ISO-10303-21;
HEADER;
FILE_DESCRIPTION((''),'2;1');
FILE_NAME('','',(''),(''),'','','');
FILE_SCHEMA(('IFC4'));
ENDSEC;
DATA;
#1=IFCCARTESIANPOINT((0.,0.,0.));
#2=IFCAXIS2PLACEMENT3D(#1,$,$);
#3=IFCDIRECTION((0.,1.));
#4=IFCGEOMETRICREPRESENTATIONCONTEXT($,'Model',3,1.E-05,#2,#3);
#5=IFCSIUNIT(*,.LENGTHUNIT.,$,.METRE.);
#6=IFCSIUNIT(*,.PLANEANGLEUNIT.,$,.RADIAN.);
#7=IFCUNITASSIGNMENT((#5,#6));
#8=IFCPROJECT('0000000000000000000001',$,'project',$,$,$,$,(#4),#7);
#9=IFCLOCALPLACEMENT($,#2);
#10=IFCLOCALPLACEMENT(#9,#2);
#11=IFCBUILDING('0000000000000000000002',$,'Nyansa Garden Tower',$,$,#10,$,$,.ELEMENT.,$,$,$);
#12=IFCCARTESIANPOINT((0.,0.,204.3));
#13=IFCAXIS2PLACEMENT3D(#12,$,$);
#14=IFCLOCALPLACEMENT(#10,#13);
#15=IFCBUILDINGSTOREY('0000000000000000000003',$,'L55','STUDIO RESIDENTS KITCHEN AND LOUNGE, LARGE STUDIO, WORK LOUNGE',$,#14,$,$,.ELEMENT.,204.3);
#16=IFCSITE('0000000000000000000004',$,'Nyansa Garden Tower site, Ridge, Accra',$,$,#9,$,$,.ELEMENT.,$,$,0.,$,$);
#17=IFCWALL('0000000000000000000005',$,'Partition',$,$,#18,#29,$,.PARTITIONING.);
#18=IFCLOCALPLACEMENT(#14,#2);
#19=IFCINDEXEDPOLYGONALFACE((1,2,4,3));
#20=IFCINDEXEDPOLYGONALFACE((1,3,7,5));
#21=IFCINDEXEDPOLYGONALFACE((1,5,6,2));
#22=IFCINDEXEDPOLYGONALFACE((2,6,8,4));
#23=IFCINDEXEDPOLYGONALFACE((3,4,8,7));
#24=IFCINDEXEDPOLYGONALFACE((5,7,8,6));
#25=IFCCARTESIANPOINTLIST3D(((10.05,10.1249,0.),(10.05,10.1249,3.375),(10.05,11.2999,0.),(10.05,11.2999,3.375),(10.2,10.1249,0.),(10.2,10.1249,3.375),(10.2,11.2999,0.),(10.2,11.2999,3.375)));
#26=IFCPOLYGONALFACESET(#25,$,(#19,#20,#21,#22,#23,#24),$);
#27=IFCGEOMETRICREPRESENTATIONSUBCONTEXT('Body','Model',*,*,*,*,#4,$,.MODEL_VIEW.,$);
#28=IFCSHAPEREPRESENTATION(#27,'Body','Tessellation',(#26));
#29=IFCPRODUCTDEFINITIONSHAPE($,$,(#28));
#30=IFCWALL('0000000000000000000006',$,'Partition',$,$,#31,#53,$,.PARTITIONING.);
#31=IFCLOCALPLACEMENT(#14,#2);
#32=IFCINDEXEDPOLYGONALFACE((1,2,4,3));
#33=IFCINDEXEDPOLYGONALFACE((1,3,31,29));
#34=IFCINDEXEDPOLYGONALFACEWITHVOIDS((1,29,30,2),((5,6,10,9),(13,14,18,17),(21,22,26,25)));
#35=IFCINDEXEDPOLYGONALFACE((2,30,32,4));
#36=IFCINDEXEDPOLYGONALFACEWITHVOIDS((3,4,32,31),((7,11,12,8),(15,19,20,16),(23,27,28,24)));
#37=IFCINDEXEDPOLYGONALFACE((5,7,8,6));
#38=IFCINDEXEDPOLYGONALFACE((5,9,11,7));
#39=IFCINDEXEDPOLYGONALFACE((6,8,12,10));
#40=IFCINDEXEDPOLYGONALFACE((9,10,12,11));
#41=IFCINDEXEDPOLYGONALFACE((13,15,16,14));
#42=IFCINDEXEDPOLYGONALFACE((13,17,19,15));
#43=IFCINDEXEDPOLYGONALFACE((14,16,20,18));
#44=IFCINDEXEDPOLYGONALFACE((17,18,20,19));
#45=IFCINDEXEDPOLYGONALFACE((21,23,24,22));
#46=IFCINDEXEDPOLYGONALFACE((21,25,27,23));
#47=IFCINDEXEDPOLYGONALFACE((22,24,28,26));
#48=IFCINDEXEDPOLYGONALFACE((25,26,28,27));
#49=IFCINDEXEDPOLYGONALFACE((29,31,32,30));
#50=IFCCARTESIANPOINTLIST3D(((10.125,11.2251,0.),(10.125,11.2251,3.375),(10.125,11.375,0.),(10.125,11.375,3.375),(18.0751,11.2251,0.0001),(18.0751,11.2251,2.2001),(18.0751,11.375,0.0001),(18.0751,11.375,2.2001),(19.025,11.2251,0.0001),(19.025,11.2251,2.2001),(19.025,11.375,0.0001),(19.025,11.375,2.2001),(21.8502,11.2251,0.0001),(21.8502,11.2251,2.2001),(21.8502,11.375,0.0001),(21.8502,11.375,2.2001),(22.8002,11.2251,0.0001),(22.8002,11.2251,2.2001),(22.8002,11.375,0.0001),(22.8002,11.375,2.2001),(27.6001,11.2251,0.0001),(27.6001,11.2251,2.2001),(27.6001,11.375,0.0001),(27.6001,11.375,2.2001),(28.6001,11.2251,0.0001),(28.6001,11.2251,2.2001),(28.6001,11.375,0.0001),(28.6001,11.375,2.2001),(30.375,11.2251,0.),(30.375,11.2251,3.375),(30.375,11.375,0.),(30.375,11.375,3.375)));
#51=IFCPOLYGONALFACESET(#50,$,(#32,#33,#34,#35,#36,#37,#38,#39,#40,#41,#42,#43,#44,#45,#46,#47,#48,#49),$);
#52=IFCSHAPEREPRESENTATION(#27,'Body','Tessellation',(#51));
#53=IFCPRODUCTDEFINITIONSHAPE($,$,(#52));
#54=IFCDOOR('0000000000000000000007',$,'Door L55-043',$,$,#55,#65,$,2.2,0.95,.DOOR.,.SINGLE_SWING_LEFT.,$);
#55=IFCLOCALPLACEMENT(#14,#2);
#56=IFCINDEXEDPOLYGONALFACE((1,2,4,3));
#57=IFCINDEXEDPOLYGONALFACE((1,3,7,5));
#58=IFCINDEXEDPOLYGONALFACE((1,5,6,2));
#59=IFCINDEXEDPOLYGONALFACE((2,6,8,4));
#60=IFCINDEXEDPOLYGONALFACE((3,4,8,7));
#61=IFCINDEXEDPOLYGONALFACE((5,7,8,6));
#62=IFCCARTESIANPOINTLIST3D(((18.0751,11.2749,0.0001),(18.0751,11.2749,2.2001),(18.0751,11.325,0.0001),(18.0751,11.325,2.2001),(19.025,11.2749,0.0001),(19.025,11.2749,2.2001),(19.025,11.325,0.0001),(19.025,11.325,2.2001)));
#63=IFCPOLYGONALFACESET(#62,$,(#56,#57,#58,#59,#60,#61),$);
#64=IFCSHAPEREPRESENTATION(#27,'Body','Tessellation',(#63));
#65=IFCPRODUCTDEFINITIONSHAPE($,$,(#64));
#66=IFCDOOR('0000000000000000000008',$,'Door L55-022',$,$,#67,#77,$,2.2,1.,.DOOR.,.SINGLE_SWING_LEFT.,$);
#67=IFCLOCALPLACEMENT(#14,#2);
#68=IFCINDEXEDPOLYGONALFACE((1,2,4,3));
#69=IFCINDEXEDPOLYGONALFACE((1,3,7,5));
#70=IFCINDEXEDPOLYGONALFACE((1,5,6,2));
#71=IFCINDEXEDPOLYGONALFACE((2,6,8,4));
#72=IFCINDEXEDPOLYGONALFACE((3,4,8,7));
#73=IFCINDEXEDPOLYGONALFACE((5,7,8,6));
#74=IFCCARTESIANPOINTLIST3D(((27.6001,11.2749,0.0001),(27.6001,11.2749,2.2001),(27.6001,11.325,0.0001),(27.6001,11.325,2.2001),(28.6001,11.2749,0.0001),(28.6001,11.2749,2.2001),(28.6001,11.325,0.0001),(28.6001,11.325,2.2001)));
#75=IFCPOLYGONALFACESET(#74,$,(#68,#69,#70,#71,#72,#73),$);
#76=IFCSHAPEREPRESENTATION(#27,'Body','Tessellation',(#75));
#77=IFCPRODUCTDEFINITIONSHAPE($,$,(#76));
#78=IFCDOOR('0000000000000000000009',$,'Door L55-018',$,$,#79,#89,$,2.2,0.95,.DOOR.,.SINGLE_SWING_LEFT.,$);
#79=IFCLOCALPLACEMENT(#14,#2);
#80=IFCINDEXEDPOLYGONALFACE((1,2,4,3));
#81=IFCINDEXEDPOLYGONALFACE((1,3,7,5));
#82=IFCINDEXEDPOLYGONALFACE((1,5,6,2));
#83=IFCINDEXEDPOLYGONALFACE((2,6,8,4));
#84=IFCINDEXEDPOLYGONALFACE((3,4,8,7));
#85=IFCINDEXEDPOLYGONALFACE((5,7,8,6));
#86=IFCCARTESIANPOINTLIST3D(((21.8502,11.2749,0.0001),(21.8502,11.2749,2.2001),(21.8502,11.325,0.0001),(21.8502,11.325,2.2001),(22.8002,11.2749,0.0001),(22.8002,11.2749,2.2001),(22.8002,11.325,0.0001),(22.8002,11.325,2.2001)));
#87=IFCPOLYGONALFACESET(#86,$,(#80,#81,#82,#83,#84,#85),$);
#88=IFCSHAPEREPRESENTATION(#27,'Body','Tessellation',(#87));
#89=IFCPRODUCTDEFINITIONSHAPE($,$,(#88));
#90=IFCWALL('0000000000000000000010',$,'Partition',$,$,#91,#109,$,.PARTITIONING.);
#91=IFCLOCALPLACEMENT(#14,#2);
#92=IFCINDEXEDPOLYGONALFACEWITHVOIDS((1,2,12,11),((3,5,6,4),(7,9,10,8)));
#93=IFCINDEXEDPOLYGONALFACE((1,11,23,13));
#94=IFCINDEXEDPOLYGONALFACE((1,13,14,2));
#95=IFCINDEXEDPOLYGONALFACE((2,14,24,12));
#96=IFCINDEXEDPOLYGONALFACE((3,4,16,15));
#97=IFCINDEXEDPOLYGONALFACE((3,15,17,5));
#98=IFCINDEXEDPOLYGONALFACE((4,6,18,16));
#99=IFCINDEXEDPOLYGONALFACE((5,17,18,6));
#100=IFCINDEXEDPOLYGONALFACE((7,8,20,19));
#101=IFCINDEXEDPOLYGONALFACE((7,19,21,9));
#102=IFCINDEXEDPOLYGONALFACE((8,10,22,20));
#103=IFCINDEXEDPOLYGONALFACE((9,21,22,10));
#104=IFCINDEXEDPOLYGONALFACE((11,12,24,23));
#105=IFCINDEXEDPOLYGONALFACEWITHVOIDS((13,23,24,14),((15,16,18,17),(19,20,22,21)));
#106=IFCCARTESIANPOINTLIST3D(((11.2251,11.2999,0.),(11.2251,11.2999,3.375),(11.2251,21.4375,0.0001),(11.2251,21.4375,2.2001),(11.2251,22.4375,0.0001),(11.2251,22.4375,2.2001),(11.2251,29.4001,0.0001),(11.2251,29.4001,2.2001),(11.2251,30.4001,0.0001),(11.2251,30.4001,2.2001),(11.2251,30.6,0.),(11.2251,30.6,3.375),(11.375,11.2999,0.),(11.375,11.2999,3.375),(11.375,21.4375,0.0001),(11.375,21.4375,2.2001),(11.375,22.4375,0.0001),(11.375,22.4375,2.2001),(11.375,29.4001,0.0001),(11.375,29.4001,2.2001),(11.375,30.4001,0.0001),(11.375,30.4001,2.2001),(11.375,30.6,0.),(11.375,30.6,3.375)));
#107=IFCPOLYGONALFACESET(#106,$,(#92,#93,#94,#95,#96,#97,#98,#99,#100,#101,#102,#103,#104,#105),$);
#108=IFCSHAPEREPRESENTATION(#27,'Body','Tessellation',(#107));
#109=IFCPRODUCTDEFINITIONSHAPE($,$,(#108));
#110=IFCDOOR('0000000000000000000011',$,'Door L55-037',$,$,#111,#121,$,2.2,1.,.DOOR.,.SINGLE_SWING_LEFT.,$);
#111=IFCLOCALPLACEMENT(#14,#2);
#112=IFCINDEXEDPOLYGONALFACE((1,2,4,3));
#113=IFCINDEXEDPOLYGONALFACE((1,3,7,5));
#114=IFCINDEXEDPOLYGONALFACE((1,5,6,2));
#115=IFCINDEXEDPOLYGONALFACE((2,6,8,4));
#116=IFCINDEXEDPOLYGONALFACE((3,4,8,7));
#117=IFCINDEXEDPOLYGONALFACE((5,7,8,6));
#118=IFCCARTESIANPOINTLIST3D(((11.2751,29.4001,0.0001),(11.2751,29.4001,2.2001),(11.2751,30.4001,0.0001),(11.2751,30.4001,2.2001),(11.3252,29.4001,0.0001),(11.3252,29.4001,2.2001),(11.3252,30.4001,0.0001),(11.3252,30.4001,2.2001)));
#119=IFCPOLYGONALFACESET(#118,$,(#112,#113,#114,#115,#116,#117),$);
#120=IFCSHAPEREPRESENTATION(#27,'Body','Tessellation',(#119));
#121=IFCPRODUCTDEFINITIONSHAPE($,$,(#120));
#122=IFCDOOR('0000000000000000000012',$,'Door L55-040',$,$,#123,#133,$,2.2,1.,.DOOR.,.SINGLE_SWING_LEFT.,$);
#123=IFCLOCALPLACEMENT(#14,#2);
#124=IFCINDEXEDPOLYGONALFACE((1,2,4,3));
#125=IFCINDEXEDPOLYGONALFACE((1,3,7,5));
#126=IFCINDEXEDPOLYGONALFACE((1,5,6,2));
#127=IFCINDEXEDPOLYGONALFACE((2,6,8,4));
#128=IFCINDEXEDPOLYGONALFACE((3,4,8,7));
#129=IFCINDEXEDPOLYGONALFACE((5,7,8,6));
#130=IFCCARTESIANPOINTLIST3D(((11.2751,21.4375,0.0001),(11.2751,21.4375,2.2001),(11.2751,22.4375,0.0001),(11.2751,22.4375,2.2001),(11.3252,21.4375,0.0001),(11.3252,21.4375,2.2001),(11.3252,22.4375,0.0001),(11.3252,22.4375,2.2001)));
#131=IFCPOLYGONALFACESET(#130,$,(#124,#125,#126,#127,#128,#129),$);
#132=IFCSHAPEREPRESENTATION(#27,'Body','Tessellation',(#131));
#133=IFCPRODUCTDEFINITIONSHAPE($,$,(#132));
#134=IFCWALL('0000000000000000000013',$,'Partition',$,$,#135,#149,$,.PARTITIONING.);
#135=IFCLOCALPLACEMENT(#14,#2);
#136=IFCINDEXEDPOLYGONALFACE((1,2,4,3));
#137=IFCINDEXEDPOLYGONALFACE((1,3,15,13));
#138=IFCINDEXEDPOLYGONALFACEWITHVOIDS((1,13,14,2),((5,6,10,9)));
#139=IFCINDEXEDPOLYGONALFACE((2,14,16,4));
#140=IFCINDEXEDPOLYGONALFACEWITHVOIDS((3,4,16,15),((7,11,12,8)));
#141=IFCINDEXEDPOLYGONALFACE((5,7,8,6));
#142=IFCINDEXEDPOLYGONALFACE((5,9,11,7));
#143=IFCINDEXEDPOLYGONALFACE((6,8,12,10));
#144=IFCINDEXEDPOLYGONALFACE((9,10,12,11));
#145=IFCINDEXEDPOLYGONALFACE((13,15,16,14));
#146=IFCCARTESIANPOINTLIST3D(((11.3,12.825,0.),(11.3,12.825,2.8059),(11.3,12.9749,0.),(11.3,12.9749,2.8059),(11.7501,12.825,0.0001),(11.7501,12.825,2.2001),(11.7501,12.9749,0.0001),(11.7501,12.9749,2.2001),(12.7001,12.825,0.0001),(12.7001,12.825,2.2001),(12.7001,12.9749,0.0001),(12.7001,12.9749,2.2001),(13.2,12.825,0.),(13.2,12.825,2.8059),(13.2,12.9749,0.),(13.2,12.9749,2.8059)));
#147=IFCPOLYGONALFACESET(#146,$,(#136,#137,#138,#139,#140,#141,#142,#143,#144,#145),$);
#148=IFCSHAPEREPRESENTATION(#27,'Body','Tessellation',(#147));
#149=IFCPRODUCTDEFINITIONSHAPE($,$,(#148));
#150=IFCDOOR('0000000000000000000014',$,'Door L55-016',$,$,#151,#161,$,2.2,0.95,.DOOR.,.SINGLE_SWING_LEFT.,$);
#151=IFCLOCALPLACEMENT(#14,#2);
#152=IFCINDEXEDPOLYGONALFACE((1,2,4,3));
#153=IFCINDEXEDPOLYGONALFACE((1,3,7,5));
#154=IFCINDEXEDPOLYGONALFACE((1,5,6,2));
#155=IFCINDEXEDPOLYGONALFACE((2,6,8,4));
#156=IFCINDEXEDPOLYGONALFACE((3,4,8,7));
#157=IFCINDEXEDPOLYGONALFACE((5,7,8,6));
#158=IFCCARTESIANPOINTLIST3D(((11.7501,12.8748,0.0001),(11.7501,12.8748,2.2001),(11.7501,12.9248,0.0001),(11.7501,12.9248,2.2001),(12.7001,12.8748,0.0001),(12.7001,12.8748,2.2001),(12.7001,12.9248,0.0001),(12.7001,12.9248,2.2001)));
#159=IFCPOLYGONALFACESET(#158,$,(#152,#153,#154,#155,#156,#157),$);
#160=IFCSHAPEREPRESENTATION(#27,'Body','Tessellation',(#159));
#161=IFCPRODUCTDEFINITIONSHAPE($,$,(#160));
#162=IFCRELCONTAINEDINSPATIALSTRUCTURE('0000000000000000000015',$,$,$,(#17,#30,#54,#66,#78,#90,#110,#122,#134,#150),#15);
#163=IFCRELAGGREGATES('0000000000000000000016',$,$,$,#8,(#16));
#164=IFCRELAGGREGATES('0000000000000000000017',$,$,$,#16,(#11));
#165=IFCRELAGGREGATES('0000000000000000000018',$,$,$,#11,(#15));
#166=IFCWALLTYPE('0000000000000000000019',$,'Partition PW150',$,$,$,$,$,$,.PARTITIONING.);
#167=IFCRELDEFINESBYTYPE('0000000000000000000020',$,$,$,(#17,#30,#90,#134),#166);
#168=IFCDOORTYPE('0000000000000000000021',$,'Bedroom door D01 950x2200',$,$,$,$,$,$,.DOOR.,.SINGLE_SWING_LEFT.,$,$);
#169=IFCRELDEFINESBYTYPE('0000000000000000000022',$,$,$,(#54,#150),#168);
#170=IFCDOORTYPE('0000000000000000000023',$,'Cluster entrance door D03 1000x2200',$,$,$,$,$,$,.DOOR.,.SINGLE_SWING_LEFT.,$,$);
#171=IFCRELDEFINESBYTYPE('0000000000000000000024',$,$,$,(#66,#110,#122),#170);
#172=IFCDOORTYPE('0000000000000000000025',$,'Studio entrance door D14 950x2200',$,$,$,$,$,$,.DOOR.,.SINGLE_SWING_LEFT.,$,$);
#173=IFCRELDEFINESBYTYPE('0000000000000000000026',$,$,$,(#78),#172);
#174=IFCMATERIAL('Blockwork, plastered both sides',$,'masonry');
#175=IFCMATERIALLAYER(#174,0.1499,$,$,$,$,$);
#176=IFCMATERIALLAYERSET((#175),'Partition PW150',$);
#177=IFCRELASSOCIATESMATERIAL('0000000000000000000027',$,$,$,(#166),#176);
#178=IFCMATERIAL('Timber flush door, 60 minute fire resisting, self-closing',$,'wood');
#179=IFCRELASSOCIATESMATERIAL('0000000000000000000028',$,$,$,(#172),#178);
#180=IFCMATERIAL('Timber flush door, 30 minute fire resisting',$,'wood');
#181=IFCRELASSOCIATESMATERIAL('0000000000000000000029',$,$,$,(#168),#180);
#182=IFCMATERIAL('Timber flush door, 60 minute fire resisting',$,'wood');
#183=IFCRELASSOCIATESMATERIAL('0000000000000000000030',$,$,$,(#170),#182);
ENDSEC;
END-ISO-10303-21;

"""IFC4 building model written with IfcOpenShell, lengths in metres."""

from ifc_helpers import new_model, si_unit, direction, frame, frame_2d, origin, place, context, subcontext, project, spatial, rectangle, extrude, material, layer, layer_set, type_object, element, fill, save


model = new_model("IFC4")

# Units and contexts
model_context = context("Model", 3, precision=1e-05, world=origin(), true_north=direction((0.0, 1.0)))
body_context = subcontext(model_context, "Body", "Model", "MODEL_VIEW")
ifc_project = project(units=[si_unit("LENGTHUNIT", "METRE"), si_unit("PLANEANGLEUNIT", "RADIAN")], contexts=[model_context])

# Site, building, storey
site_placement = place(None, origin())
site = spatial("IfcSite", under=ifc_project, at=site_placement, Name="Nyansa Garden Tower site, Ridge, Accra", CompositionType="ELEMENT", RefElevation=0.0)
building_placement = place(site_placement, origin())
building = spatial("IfcBuilding", under=site, at=building_placement, Name="Nyansa Garden Tower", CompositionType="ELEMENT")
storey_placement = place(building_placement, frame((0.0, 0.0, 204.3)))
storey = spatial("IfcBuildingStorey", under=building, at=storey_placement, Name="L55", Description="STUDIO RESIDENTS KITCHEN AND LOUNGE, LARGE STUDIO, WORK LOUNGE", CompositionType="ELEMENT", Elevation=204.3)

# Shared definitions
ifc_material_1 = material(Name="Blockwork, plastered both sides", Category="masonry")
ifc_layer_1 = layer(ifc_material_1, 0.1499)
ifc_layer_set_1 = layer_set([ifc_layer_1], Name="Partition PW150")
wall_type_1 = type_object("IfcWallType", Name="Partition PW150", PredefinedType="PARTITIONING", material=ifc_layer_set_1)
ifc_material_2 = material(Name="Timber flush door, 60 minute fire resisting, self-closing", Category="wood")
door_type_1 = type_object("IfcDoorType", Name="Studio entrance door D14 950x2200", OperationType="SINGLE_SWING_LEFT", PredefinedType="DOOR", material=ifc_material_2)
ifc_material_3 = material(Name="Timber flush door, 30 minute fire resisting", Category="wood")
door_type_2 = type_object("IfcDoorType", Name="Bedroom door D01 950x2200", OperationType="SINGLE_SWING_LEFT", PredefinedType="DOOR", material=ifc_material_3)

# Wall
wall_1_placement = place(storey_placement, frame((10.125, 10.125, 0.0), z_axis=(0.0, 0.0, 1.0), x_axis=(0.0, 1.0, 0.0)))
element("IfcWall", 1, at=wall_1_placement, inside=storey, type_object=wall_type_1, Name="Partition", PredefinedType="PARTITIONING", context=body_context, shape_type="SweptSolid", body=[
    extrude(rectangle(XDim=1.175, YDim=0.1499, at=frame_2d((0.5874, 0.0))), origin(), (0.0, 0.0, 1.0), 3.375),
])

# Walls, openings, doors
wall_2_placement = place(storey_placement, frame((10.125, 11.3, 0.0), z_axis=(0.0, 0.0, 1.0), x_axis=(1.0, 0.0, 0.0)))
wall_2 = element("IfcWall", 2, at=wall_2_placement, inside=storey, type_object=wall_type_1, Name="Partition", PredefinedType="PARTITIONING", context=body_context, shape_type="SweptSolid", body=[
    extrude(rectangle(XDim=20.25, YDim=0.1499, at=frame_2d((10.125, 0.0))), origin(), (0.0, 0.0, 1.0), 3.375),
])
opening_1_placement = place(wall_2_placement, frame((11.7251, 0.0, 0.0)))
opening_1 = element("IfcOpeningElement", 3, at=opening_1_placement, cuts=wall_2, PredefinedType="OPENING", context=body_context, shape_type="SweptSolid", body=[
    extrude(rectangle(XDim=0.95, YDim=2.2, at=frame_2d((0.4751, 1.1001))), frame((0.0, 0.085, 0.0), z_axis=(0.0, -1.0, 0.0), x_axis=(1.0, 0.0, 0.0)), (0.0, 0.0, 1.0), 0.1699),
])
opening_2_placement = place(wall_2_placement, frame((17.4751, 0.0, 0.0)))
opening_2 = element("IfcOpeningElement", 4, at=opening_2_placement, cuts=wall_2, PredefinedType="OPENING", context=body_context, shape_type="SweptSolid", body=[
    extrude(rectangle(XDim=1.0, YDim=2.2, at=frame_2d((0.5, 1.1001))), frame((0.0, 0.085, 0.0), z_axis=(0.0, -1.0, 0.0), x_axis=(1.0, 0.0, 0.0)), (0.0, 0.0, 1.0), 0.1699),
])
opening_3_placement = place(wall_2_placement, frame((7.95, 0.0, 0.0)))
opening_3 = element("IfcOpeningElement", 5, at=opening_3_placement, cuts=wall_2, PredefinedType="OPENING", context=body_context, shape_type="SweptSolid", body=[
    extrude(rectangle(XDim=0.95, YDim=2.2, at=frame_2d((0.4751, 1.1001))), frame((0.0, 0.085, 0.0), z_axis=(0.0, -1.0, 0.0), x_axis=(1.0, 0.0, 0.0)), (0.0, 0.0, 1.0), 0.1699),
])
door_1_placement = place(opening_3_placement, origin())
door_1 = element("IfcDoor", 6, at=door_1_placement, inside=storey, type_object=door_type_2, Name="Door L55-043", OperationType="SINGLE_SWING_LEFT", OverallHeight=2.2, OverallWidth=0.95, PredefinedType="DOOR", context=body_context, shape_type="SweptSolid", body=[
    extrude(rectangle(XDim=0.95, YDim=2.2, at=frame_2d((0.4751, 1.1001))), frame((0.0, 0.0249, 0.0), z_axis=(0.0, -1.0, 0.0), x_axis=(1.0, 0.0, 0.0)), (0.0, 0.0, 1.0), 0.05),
])
fill(opening_3, door_1)
ifc_material_4 = material(Name="Timber flush door, 60 minute fire resisting", Category="wood")
door_type_3 = type_object("IfcDoorType", Name="Cluster entrance door D03 1000x2200", OperationType="SINGLE_SWING_LEFT", PredefinedType="DOOR", material=ifc_material_4)
door_2_placement = place(opening_2_placement, origin())
door_2 = element("IfcDoor", 7, at=door_2_placement, inside=storey, type_object=door_type_3, Name="Door L55-022", OperationType="SINGLE_SWING_LEFT", OverallHeight=2.2, OverallWidth=1.0, PredefinedType="DOOR", context=body_context, shape_type="SweptSolid", body=[
    extrude(rectangle(XDim=1.0, YDim=2.2, at=frame_2d((0.5, 1.1001))), frame((0.0, 0.0249, 0.0), z_axis=(0.0, -1.0, 0.0), x_axis=(1.0, 0.0, 0.0)), (0.0, 0.0, 1.0), 0.05),
])
fill(opening_2, door_2)
door_3_placement = place(opening_1_placement, origin())
door_3 = element("IfcDoor", 8, at=door_3_placement, inside=storey, type_object=door_type_1, Name="Door L55-018", OperationType="SINGLE_SWING_LEFT", OverallHeight=2.2, OverallWidth=0.95, PredefinedType="DOOR", context=body_context, shape_type="SweptSolid", body=[
    extrude(rectangle(XDim=0.95, YDim=2.2, at=frame_2d((0.4751, 1.1001))), frame((0.0, 0.0249, 0.0), z_axis=(0.0, -1.0, 0.0), x_axis=(1.0, 0.0, 0.0)), (0.0, 0.0, 1.0), 0.05),
])
fill(opening_1, door_3)
wall_3_placement = place(storey_placement, frame((11.3, 11.3, 0.0), z_axis=(0.0, 0.0, 1.0), x_axis=(0.0, 1.0, 0.0)))
wall_3 = element("IfcWall", 9, at=wall_3_placement, inside=storey, type_object=wall_type_1, Name="Partition", PredefinedType="PARTITIONING", context=body_context, shape_type="SweptSolid", body=[
    extrude(rectangle(XDim=19.3, YDim=0.1499, at=frame_2d((9.6499, 0.0))), origin(), (0.0, 0.0, 1.0), 3.375),
])
opening_4_placement = place(wall_3_placement, frame((18.1001, 0.0, 0.0)))
opening_4 = element("IfcOpeningElement", 10, at=opening_4_placement, cuts=wall_3, PredefinedType="OPENING", context=body_context, shape_type="SweptSolid", body=[
    extrude(rectangle(XDim=1.0, YDim=2.2, at=frame_2d((0.5, 1.1001))), frame((0.0, 0.085, 0.0), z_axis=(0.0, -1.0, 0.0), x_axis=(1.0, 0.0, 0.0)), (0.0, 0.0, 1.0), 0.1699),
])
opening_5_placement = place(wall_3_placement, frame((10.1375, 0.0, 0.0)))
opening_5 = element("IfcOpeningElement", 11, at=opening_5_placement, cuts=wall_3, PredefinedType="OPENING", context=body_context, shape_type="SweptSolid", body=[
    extrude(rectangle(XDim=1.0, YDim=2.2, at=frame_2d((0.5, 1.1001))), frame((0.0, 0.085, 0.0), z_axis=(0.0, -1.0, 0.0), x_axis=(1.0, 0.0, 0.0)), (0.0, 0.0, 1.0), 0.1699),
])
door_4_placement = place(opening_4_placement, origin())
door_4 = element("IfcDoor", 12, at=door_4_placement, inside=storey, type_object=door_type_3, Name="Door L55-037", OperationType="SINGLE_SWING_LEFT", OverallHeight=2.2, OverallWidth=1.0, PredefinedType="DOOR", context=body_context, shape_type="SweptSolid", body=[
    extrude(rectangle(XDim=1.0, YDim=2.2, at=frame_2d((0.5, 1.1001))), frame((0.0, 0.0249, 0.0), z_axis=(0.0, -1.0, 0.0), x_axis=(1.0, 0.0, 0.0)), (0.0, 0.0, 1.0), 0.05),
])
fill(opening_4, door_4)
door_5_placement = place(opening_5_placement, origin())
door_5 = element("IfcDoor", 13, at=door_5_placement, inside=storey, type_object=door_type_3, Name="Door L55-040", OperationType="SINGLE_SWING_LEFT", OverallHeight=2.2, OverallWidth=1.0, PredefinedType="DOOR", context=body_context, shape_type="SweptSolid", body=[
    extrude(rectangle(XDim=1.0, YDim=2.2, at=frame_2d((0.5, 1.1001))), frame((0.0, 0.0249, 0.0), z_axis=(0.0, -1.0, 0.0), x_axis=(1.0, 0.0, 0.0)), (0.0, 0.0, 1.0), 0.05),
])
fill(opening_5, door_5)

# Wall, opening, door
wall_4_placement = place(storey_placement, frame((11.3, 12.8999, 0.0), z_axis=(0.0, 0.0, 1.0), x_axis=(1.0, 0.0, 0.0)))
wall_4 = element("IfcWall", 14, at=wall_4_placement, inside=storey, type_object=wall_type_1, Name="Partition", PredefinedType="PARTITIONING", context=body_context, shape_type="SweptSolid", body=[
    extrude(rectangle(XDim=1.8999, YDim=0.1499, at=frame_2d((0.95, 0.0))), origin(), (0.0, 0.0, 1.0), 2.8059),
])
opening_6_placement = place(wall_4_placement, frame((0.45, 0.0, 0.0)))
opening_6 = element("IfcOpeningElement", 15, at=opening_6_placement, cuts=wall_4, PredefinedType="OPENING", context=body_context, shape_type="SweptSolid", body=[
    extrude(rectangle(XDim=0.95, YDim=2.2, at=frame_2d((0.4751, 1.1001))), frame((0.0, 0.085, 0.0), z_axis=(0.0, -1.0, 0.0), x_axis=(1.0, 0.0, 0.0)), (0.0, 0.0, 1.0), 0.1699),
])
door_6_placement = place(opening_6_placement, origin())
door_6 = element("IfcDoor", 16, at=door_6_placement, inside=storey, type_object=door_type_2, Name="Door L55-016", OperationType="SINGLE_SWING_LEFT", OverallHeight=2.2, OverallWidth=0.95, PredefinedType="DOOR", context=body_context, shape_type="SweptSolid", body=[
    extrude(rectangle(XDim=0.95, YDim=2.2, at=frame_2d((0.4751, 1.1001))), frame((0.0, 0.0249, 0.0), z_axis=(0.0, -1.0, 0.0), x_axis=(1.0, 0.0, 0.0)), (0.0, 0.0, 1.0), 0.05),
])
fill(opening_6, door_6)

save(model, "model.ifc")
